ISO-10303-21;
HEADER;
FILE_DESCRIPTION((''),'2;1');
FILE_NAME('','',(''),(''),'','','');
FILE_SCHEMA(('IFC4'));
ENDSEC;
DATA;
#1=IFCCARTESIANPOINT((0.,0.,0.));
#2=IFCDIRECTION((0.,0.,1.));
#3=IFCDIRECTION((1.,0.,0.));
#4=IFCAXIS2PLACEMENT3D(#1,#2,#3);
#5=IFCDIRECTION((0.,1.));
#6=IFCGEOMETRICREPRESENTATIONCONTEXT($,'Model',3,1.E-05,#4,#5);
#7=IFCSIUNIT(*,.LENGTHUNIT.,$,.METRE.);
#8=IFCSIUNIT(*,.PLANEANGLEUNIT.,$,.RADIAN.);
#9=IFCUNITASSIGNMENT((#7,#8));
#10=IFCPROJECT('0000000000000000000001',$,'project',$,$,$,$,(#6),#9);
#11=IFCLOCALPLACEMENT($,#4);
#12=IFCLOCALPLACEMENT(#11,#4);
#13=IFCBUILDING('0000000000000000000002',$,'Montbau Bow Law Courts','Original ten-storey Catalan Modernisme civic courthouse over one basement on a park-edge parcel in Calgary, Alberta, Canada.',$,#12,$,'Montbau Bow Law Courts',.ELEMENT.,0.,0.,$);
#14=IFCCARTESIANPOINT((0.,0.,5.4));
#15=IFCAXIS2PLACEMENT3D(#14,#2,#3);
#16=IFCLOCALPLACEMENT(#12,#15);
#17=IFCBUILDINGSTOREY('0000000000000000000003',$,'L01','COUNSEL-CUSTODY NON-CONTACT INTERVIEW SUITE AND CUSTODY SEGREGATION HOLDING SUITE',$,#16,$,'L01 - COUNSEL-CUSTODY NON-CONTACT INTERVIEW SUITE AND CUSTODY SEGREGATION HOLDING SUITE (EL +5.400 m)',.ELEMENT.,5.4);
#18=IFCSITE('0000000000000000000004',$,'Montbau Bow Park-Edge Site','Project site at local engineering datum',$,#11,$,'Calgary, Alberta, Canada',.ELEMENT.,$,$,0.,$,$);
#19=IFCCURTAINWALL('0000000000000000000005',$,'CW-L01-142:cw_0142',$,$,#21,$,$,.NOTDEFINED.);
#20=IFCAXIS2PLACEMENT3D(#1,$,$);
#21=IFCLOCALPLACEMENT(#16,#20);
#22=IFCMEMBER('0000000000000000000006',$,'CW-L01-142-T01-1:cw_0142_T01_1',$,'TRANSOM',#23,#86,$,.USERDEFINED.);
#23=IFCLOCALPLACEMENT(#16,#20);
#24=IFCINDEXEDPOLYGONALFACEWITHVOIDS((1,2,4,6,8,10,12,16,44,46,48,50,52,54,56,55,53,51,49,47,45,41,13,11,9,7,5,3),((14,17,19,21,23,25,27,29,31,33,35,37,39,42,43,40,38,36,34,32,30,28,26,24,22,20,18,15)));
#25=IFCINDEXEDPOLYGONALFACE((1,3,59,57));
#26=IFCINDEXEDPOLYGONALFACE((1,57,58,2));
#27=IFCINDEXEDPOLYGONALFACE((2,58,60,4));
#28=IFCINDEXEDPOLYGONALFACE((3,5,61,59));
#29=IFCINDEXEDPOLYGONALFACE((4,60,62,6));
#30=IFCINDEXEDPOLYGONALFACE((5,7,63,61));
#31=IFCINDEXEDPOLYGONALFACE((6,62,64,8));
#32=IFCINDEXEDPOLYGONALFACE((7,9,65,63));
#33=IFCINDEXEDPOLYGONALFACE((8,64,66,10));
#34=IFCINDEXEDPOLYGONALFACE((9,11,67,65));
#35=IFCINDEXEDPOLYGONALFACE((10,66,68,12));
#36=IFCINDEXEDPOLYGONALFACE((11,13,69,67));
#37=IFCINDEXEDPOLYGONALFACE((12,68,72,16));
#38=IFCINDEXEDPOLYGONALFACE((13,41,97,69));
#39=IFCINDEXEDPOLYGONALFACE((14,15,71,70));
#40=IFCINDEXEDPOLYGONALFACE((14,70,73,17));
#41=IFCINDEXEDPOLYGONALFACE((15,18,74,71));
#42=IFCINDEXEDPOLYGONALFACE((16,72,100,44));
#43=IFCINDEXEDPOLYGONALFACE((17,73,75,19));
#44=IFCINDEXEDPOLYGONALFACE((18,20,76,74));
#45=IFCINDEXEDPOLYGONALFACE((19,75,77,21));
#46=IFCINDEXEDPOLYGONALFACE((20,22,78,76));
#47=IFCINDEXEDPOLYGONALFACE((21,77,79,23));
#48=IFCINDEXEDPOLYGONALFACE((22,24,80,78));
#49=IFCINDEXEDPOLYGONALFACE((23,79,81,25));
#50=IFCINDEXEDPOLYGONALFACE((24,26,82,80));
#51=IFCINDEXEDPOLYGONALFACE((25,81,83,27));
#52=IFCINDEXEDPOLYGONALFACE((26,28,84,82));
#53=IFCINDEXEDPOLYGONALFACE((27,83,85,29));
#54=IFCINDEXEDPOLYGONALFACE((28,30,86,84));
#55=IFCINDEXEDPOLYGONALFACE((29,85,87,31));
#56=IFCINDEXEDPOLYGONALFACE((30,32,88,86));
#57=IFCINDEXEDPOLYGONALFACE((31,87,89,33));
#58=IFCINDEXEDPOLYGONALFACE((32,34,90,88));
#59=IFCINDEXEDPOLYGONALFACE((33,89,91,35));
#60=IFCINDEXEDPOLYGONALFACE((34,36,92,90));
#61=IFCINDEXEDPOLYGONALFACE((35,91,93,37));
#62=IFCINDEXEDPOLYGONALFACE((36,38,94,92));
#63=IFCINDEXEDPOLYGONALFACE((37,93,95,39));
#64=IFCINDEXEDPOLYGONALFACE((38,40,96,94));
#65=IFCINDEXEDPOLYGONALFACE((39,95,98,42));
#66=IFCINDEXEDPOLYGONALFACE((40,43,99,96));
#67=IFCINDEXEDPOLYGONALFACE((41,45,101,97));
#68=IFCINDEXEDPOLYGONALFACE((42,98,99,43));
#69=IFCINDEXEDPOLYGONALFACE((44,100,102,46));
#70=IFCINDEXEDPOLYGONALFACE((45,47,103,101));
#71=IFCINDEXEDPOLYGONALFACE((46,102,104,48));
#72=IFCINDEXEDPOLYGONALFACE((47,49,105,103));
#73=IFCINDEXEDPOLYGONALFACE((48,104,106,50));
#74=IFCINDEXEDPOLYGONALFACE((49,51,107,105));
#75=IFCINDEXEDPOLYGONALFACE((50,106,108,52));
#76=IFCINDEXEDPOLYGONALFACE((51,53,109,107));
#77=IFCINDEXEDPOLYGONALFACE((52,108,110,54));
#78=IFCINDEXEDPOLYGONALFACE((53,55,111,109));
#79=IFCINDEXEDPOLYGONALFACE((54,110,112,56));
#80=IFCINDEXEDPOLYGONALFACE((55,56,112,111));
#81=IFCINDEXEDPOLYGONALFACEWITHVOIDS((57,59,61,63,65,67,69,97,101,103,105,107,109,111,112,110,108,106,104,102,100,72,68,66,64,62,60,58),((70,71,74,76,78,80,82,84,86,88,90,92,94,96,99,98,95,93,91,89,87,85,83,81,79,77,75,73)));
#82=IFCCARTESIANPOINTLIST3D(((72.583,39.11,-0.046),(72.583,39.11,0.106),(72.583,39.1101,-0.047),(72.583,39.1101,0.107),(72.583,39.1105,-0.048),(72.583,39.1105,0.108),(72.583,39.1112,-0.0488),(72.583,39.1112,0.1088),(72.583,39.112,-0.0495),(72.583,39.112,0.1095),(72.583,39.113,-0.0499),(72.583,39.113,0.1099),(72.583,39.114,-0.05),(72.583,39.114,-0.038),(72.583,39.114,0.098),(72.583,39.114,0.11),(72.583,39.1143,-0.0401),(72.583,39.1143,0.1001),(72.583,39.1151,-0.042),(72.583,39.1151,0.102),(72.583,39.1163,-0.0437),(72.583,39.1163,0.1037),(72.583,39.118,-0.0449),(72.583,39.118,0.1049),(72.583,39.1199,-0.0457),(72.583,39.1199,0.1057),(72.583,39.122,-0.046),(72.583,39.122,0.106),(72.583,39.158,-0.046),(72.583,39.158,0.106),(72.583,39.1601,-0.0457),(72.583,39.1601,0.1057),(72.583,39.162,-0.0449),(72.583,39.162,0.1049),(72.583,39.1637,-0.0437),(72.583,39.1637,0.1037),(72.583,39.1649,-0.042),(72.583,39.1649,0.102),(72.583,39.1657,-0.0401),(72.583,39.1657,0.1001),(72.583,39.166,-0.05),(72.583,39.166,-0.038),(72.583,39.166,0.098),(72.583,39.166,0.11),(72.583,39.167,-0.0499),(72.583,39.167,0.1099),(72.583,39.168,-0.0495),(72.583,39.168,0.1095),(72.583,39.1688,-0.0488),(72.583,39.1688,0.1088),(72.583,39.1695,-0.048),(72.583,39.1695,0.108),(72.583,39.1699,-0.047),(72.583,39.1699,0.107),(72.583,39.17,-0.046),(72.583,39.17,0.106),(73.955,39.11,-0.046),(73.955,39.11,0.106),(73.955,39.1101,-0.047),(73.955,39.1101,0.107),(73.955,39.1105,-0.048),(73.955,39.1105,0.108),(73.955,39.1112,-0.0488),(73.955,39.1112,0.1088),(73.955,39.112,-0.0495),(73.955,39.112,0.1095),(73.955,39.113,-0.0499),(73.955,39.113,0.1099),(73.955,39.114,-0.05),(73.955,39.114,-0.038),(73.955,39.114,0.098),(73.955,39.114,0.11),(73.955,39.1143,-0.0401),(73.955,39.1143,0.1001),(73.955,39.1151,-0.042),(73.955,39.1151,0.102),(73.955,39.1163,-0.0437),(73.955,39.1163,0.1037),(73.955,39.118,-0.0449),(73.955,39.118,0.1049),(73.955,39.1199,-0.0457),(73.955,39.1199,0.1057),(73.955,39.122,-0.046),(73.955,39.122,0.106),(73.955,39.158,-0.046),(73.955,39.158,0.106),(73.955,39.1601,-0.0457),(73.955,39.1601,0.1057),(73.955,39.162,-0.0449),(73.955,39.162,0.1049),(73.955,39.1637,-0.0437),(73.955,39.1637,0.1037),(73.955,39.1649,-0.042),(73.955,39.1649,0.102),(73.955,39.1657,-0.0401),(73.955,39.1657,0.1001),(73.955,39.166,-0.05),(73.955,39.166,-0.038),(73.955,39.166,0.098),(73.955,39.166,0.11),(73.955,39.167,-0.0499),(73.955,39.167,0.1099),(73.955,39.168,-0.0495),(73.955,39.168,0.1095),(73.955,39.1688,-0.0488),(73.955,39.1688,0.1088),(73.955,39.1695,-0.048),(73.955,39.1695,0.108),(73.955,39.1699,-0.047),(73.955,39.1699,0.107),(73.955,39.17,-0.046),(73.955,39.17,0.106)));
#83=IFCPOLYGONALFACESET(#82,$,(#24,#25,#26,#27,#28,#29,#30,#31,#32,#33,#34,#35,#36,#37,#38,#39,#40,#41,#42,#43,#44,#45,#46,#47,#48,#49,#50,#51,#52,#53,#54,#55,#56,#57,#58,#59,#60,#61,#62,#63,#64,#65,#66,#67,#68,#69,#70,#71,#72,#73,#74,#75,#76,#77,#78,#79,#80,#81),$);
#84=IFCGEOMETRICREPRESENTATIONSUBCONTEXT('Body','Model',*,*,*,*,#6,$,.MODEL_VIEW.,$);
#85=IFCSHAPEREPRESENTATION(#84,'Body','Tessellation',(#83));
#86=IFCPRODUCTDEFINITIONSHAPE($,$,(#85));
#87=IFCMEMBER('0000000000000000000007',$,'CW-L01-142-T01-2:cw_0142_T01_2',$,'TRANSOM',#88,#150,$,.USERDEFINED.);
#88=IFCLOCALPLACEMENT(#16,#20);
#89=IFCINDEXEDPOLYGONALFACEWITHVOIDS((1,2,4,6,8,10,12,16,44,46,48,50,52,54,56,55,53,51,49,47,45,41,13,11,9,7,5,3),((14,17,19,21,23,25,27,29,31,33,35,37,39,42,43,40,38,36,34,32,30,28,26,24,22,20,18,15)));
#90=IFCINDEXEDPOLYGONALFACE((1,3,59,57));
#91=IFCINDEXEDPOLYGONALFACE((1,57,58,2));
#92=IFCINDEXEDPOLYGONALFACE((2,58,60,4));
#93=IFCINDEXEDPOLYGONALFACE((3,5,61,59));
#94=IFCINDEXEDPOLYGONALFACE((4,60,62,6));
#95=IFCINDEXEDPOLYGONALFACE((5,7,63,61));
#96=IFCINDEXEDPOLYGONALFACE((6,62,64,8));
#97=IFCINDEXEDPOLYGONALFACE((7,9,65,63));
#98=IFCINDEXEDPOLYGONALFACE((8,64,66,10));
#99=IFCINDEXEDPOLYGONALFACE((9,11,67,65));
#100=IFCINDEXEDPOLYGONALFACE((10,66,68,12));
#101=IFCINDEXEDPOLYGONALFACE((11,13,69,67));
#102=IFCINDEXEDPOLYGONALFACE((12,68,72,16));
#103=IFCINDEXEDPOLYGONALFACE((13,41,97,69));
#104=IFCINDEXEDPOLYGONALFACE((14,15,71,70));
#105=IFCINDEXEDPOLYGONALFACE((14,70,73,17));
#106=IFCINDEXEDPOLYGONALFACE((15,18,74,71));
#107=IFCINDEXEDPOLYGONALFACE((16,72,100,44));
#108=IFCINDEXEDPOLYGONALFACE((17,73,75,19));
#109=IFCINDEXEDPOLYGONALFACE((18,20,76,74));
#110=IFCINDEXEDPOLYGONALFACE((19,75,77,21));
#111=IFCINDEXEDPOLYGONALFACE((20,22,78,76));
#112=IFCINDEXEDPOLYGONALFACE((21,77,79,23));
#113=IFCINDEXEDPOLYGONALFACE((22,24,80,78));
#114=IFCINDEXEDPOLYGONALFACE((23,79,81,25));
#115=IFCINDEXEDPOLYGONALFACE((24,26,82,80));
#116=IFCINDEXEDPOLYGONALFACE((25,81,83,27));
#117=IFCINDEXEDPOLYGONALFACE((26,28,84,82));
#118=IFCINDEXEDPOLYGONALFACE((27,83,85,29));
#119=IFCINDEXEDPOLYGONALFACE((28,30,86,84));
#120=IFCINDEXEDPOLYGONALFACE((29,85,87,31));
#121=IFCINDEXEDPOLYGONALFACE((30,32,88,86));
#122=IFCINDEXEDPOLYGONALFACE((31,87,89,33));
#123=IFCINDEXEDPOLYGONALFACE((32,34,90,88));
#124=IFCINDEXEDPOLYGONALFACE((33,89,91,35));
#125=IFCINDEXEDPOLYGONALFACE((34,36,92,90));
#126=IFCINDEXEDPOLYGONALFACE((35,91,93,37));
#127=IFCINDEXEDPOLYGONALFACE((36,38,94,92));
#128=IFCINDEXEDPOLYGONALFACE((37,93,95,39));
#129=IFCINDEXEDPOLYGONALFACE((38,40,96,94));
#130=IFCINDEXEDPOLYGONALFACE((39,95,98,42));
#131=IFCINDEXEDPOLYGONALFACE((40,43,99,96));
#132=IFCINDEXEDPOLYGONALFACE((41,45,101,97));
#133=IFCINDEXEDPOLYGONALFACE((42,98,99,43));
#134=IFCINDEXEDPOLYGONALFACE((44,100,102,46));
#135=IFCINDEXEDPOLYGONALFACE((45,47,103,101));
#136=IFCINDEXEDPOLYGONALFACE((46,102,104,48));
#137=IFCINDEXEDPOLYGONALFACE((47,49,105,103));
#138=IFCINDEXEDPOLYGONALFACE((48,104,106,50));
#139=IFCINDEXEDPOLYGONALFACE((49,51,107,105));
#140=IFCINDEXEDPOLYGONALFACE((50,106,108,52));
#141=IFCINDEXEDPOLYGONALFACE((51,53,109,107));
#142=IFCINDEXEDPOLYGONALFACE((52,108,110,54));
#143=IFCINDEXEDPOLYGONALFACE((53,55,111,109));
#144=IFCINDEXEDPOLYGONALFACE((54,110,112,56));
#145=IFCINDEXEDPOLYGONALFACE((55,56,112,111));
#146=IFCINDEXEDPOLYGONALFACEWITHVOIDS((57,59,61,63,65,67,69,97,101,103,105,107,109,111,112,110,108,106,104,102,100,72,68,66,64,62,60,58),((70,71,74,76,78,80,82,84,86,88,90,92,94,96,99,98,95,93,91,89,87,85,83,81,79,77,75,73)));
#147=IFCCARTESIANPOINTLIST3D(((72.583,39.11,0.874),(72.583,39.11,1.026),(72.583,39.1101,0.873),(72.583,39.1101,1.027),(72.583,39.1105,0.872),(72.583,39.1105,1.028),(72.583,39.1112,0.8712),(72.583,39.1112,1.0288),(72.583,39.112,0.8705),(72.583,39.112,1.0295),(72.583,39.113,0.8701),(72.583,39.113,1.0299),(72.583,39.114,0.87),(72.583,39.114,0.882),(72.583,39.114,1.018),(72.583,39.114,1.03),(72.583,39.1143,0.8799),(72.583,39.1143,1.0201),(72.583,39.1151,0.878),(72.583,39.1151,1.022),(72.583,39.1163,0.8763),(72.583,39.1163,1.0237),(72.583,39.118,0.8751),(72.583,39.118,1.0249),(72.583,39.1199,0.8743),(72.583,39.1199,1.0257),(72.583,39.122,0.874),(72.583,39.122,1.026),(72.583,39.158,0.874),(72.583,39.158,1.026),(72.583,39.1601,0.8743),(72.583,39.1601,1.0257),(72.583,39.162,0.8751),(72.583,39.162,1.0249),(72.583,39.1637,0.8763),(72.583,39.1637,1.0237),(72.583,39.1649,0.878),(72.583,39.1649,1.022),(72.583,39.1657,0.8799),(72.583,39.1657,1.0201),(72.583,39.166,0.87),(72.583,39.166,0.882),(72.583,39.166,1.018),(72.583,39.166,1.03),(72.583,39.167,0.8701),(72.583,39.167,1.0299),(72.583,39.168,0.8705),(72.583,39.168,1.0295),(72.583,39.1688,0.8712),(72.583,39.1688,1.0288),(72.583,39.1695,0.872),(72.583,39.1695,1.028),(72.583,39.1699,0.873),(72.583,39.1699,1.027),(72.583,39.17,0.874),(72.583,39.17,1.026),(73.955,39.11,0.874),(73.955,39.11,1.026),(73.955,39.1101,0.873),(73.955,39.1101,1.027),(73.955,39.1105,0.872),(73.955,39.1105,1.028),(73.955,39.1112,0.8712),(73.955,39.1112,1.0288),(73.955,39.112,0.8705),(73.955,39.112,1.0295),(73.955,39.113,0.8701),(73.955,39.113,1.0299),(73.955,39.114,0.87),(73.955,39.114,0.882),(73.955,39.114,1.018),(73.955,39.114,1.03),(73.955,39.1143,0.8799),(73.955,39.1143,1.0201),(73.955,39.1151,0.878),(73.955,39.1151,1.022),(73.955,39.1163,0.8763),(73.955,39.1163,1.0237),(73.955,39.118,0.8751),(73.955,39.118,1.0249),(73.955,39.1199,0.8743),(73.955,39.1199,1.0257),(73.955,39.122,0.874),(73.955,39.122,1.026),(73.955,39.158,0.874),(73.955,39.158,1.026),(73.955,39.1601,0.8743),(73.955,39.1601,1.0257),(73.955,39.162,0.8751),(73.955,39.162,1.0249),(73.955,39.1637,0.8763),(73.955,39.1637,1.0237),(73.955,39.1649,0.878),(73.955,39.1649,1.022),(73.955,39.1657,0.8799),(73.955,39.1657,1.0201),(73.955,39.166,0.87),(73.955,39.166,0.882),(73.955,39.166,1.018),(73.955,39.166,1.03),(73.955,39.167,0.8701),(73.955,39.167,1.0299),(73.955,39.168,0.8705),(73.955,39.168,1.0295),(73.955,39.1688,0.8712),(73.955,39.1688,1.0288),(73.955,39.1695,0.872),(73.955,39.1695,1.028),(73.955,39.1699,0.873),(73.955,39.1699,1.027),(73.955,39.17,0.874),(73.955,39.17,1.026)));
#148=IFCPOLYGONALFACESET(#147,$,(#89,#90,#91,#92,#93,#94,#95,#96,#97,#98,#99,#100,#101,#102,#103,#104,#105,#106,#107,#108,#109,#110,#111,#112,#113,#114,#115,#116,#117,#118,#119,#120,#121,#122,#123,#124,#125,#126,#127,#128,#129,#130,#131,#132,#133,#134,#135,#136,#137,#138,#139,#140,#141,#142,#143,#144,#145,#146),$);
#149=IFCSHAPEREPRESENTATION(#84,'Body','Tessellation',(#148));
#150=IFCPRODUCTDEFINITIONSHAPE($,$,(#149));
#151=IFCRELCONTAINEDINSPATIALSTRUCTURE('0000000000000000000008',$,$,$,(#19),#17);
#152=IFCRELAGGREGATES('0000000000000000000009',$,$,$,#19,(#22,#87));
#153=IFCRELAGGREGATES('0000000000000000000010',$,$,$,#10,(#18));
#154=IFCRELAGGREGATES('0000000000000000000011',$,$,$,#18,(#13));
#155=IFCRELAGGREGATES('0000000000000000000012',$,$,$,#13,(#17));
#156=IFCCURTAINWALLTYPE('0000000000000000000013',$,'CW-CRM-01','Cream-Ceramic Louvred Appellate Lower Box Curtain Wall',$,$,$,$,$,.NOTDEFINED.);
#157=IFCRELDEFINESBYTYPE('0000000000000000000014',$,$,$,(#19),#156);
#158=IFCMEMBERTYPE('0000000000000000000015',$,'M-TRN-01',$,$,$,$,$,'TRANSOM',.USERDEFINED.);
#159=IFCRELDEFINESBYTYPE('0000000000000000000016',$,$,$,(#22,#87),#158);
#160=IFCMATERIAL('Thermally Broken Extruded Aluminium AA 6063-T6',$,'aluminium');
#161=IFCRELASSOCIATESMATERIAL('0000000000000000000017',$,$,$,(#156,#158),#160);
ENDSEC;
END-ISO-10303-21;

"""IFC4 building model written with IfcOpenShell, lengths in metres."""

from ifc_helpers import new_model, si_unit, direction, frame, origin_with_axes, origin_2d_with_axis, place, context, subcontext, project, spatial, hollow_rectangle, extrude, material, material_profile, profile_set, type_object, element, aggregate, save


model = new_model("IFC4")

# Units and contexts
model_context = context("Model", 3, precision=1e-05, world=origin_with_axes(), true_north=direction((0.0, 1.0)))
body_context = subcontext(model_context, "Body", "Model", "MODEL_VIEW")
ifc_project = project(units=[si_unit("LENGTHUNIT", "METRE"), si_unit("PLANEANGLEUNIT", "RADIAN")], contexts=[model_context])

# Site, building, storey
site_placement = place(None, origin_with_axes())
site = spatial("IfcSite", under=ifc_project, at=site_placement, Name="Montbau Bow Park-Edge Site", Description="Project site at local engineering datum", LongName="Calgary, Alberta, Canada", CompositionType="ELEMENT", RefElevation=0.0)
building_placement = place(site_placement, origin_with_axes())
building = spatial("IfcBuilding", under=site, at=building_placement, Name="Montbau Bow Law Courts", Description="Original ten-storey Catalan Modernisme civic courthouse over one basement on a park-edge parcel in Calgary, Alberta, Canada.", LongName="Montbau Bow Law Courts", CompositionType="ELEMENT", ElevationOfRefHeight=0.0, ElevationOfTerrain=0.0)
storey_placement = place(building_placement, frame((0.0, 0.0, 5.4), z_axis=(0.0, 0.0, 1.0), x_axis=(1.0, 0.0, 0.0)))
storey = spatial("IfcBuildingStorey", under=building, at=storey_placement, Name="L01", Description="COUNSEL-CUSTODY NON-CONTACT INTERVIEW SUITE AND CUSTODY SEGREGATION HOLDING SUITE", LongName="L01 - COUNSEL-CUSTODY NON-CONTACT INTERVIEW SUITE AND CUSTODY SEGREGATION HOLDING SUITE (EL +5.400 m)", CompositionType="ELEMENT", Elevation=5.4)

# Curtain wall, members
ifc_material_1 = material(Name="Thermally Broken Extruded Aluminium AA 6063-T6", Category="aluminium")
curtain_wall_type = type_object("IfcCurtainWallType", Name="CW-CRM-01", Description="Cream-Ceramic Louvred Appellate Lower Box Curtain Wall", PredefinedType="NOTDEFINED", material=ifc_material_1)
curtain_wall_1_placement = place(None, frame((72.515, 39.14, 5.4), z_axis=(0.0, 0.0, 1.0), x_axis=(1.0, 0.0, 0.0)))
curtain_wall_1 = element("IfcCurtainWall", 1, at=curtain_wall_1_placement, inside=storey, type_object=curtain_wall_type, Name="CW-L01-142:cw_0142", PredefinedType="NOTDEFINED")
ifc_material_profile_1 = material_profile(ifc_material_1, hollow_rectangle(XDim=0.06, YDim=0.16, WallThickness=0.004, InnerFilletRadius=0.008, OuterFilletRadius=0.004, at=origin_2d_with_axis()), Name="CWT-160X60", Category="Main", Priority=0)
ifc_profile_set_1 = profile_set([ifc_material_profile_1], Name="Thermally Broken Extruded Aluminium AA 6063-T6")
member_type_1 = type_object("IfcMemberType", Name="M-TRN-01", ElementType="TRANSOM", PredefinedType="USERDEFINED", material=ifc_profile_set_1)
member_1_placement = place(None, frame((72.583, 39.14, 5.43), z_axis=(1.0, 0.0, 0.0), x_axis=(0.0, 1.0, 0.0)))
member_1 = element("IfcMember", 2, at=member_1_placement, type_object=member_type_1, Name="CW-L01-142-T01-1:cw_0142_T01_1", ObjectType="TRANSOM", PredefinedType="USERDEFINED", context=body_context, shape_type="SweptSolid", body=[
    extrude(hollow_rectangle(XDim=0.06, YDim=0.16, WallThickness=0.004, InnerFilletRadius=0.008, OuterFilletRadius=0.004, at=origin_2d_with_axis()), origin_with_axes(), (0.0, 0.0, 1.0), 1.372),
])
member_2_placement = place(None, frame((72.583, 39.14, 6.35), z_axis=(1.0, 0.0, 0.0), x_axis=(0.0, 1.0, 0.0)))
member_2 = element("IfcMember", 3, at=member_2_placement, type_object=member_type_1, Name="CW-L01-142-T01-2:cw_0142_T01_2", ObjectType="TRANSOM", PredefinedType="USERDEFINED", context=body_context, shape_type="SweptSolid", body=[
    extrude(hollow_rectangle(XDim=0.06, YDim=0.16, WallThickness=0.004, InnerFilletRadius=0.008, OuterFilletRadius=0.004, at=origin_2d_with_axis()), origin_with_axes(), (0.0, 0.0, 1.0), 1.372),
])

aggregate(curtain_wall_1, [member_1, member_2])

save(model, "model.ifc")
